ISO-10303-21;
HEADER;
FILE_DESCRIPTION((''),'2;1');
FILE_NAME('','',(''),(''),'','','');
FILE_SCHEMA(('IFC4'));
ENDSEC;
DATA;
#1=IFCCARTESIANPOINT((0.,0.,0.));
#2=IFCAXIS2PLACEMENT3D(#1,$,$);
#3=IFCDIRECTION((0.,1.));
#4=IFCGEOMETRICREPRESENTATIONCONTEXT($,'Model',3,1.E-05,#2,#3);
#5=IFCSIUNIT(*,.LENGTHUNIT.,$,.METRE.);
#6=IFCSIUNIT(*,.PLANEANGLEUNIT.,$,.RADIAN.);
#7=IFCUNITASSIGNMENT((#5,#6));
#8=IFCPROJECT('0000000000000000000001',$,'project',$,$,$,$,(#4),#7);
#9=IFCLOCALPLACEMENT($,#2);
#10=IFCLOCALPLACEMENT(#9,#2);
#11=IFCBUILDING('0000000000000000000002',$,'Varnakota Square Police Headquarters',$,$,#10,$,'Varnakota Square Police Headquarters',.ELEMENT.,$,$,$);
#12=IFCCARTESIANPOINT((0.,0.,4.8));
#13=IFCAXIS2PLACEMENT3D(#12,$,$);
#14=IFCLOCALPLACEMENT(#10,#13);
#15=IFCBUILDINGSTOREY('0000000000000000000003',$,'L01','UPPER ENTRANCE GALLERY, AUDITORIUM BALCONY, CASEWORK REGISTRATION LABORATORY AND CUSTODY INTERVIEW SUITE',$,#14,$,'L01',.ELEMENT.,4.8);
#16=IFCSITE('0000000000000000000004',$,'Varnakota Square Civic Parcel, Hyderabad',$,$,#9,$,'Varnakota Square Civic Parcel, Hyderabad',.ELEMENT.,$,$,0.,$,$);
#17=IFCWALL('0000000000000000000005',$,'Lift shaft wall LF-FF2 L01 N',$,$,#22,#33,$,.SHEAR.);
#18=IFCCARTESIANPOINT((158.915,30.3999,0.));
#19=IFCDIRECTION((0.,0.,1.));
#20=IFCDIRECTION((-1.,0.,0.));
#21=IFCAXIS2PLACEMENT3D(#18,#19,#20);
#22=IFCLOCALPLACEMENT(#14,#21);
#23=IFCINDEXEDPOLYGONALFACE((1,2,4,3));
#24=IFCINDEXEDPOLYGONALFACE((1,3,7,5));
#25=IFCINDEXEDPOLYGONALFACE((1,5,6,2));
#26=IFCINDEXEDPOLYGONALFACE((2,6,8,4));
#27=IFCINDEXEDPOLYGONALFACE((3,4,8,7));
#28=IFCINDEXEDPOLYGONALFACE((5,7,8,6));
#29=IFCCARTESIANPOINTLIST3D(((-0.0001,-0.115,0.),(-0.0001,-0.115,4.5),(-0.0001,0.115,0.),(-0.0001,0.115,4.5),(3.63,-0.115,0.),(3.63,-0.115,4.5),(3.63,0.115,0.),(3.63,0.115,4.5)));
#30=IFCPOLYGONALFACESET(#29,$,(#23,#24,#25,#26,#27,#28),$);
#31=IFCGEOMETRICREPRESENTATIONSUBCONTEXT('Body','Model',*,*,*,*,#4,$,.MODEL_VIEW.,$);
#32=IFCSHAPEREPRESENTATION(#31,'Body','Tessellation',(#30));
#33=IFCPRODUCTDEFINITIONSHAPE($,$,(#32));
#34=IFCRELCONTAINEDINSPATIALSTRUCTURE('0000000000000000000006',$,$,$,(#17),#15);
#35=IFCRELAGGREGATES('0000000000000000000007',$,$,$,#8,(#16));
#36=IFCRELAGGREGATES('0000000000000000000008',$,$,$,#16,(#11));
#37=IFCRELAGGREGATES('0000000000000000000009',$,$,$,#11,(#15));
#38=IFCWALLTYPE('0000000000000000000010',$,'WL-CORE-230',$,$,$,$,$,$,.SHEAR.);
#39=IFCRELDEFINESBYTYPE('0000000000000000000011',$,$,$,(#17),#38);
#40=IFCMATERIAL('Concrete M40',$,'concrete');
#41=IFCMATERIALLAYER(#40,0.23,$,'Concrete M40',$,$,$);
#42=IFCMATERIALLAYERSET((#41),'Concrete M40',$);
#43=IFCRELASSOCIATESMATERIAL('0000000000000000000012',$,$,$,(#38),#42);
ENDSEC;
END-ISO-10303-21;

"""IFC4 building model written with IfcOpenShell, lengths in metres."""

from ifc_helpers import new_model, si_unit, direction, frame, frame_2d, origin, place, context, subcontext, project, spatial, rectangle, extrude, material, layer, layer_set, type_object, element, save


model = new_model("IFC4")

# Units and contexts
model_context = context("Model", 3, precision=1e-05, world=origin(), true_north=direction((0.0, 1.0)))
body_context = subcontext(model_context, "Body", "Model", "MODEL_VIEW")
ifc_project = project(units=[si_unit("LENGTHUNIT", "METRE"), si_unit("PLANEANGLEUNIT", "RADIAN")], contexts=[model_context])

# Site, building, storey
site_placement = place(None, origin())
site = spatial("IfcSite", under=ifc_project, at=site_placement, Name="Varnakota Square Civic Parcel, Hyderabad", LongName="Varnakota Square Civic Parcel, Hyderabad", CompositionType="ELEMENT", RefElevation=0.0)
building_placement = place(site_placement, origin())
building = spatial("IfcBuilding", under=site, at=building_placement, Name="Varnakota Square Police Headquarters", LongName="Varnakota Square Police Headquarters", CompositionType="ELEMENT")
storey_placement = place(building_placement, frame((0.0, 0.0, 4.8)))
storey = spatial("IfcBuildingStorey", under=building, at=storey_placement, Name="L01", Description="UPPER ENTRANCE GALLERY, AUDITORIUM BALCONY, CASEWORK REGISTRATION LABORATORY AND CUSTODY INTERVIEW SUITE", LongName="L01", CompositionType="ELEMENT", Elevation=4.8)

# Wall
ifc_material_1 = material(Name="Concrete M40", Category="concrete")
ifc_layer_1 = layer(ifc_material_1, 0.23, Name="Concrete M40")
ifc_layer_set_1 = layer_set([ifc_layer_1], Name="Concrete M40")
wall_type_1 = type_object("IfcWallType", Name="WL-CORE-230", PredefinedType="SHEAR", material=ifc_layer_set_1)
wall_1_placement = place(storey_placement, frame((158.915, 30.3999, 0.0), z_axis=(0.0, 0.0, 1.0), x_axis=(-1.0, 0.0, 0.0)))
element("IfcWall", 1, at=wall_1_placement, inside=storey, type_object=wall_type_1, Name="Lift shaft wall LF-FF2 L01 N", PredefinedType="SHEAR", context=body_context, shape_type="SweptSolid", body=[
    extrude(rectangle(XDim=3.6301, YDim=0.23, at=frame_2d((1.8149, 0.0))), origin(), (0.0, 0.0, 1.0), 4.5),
])

save(model, "model.ifc")
